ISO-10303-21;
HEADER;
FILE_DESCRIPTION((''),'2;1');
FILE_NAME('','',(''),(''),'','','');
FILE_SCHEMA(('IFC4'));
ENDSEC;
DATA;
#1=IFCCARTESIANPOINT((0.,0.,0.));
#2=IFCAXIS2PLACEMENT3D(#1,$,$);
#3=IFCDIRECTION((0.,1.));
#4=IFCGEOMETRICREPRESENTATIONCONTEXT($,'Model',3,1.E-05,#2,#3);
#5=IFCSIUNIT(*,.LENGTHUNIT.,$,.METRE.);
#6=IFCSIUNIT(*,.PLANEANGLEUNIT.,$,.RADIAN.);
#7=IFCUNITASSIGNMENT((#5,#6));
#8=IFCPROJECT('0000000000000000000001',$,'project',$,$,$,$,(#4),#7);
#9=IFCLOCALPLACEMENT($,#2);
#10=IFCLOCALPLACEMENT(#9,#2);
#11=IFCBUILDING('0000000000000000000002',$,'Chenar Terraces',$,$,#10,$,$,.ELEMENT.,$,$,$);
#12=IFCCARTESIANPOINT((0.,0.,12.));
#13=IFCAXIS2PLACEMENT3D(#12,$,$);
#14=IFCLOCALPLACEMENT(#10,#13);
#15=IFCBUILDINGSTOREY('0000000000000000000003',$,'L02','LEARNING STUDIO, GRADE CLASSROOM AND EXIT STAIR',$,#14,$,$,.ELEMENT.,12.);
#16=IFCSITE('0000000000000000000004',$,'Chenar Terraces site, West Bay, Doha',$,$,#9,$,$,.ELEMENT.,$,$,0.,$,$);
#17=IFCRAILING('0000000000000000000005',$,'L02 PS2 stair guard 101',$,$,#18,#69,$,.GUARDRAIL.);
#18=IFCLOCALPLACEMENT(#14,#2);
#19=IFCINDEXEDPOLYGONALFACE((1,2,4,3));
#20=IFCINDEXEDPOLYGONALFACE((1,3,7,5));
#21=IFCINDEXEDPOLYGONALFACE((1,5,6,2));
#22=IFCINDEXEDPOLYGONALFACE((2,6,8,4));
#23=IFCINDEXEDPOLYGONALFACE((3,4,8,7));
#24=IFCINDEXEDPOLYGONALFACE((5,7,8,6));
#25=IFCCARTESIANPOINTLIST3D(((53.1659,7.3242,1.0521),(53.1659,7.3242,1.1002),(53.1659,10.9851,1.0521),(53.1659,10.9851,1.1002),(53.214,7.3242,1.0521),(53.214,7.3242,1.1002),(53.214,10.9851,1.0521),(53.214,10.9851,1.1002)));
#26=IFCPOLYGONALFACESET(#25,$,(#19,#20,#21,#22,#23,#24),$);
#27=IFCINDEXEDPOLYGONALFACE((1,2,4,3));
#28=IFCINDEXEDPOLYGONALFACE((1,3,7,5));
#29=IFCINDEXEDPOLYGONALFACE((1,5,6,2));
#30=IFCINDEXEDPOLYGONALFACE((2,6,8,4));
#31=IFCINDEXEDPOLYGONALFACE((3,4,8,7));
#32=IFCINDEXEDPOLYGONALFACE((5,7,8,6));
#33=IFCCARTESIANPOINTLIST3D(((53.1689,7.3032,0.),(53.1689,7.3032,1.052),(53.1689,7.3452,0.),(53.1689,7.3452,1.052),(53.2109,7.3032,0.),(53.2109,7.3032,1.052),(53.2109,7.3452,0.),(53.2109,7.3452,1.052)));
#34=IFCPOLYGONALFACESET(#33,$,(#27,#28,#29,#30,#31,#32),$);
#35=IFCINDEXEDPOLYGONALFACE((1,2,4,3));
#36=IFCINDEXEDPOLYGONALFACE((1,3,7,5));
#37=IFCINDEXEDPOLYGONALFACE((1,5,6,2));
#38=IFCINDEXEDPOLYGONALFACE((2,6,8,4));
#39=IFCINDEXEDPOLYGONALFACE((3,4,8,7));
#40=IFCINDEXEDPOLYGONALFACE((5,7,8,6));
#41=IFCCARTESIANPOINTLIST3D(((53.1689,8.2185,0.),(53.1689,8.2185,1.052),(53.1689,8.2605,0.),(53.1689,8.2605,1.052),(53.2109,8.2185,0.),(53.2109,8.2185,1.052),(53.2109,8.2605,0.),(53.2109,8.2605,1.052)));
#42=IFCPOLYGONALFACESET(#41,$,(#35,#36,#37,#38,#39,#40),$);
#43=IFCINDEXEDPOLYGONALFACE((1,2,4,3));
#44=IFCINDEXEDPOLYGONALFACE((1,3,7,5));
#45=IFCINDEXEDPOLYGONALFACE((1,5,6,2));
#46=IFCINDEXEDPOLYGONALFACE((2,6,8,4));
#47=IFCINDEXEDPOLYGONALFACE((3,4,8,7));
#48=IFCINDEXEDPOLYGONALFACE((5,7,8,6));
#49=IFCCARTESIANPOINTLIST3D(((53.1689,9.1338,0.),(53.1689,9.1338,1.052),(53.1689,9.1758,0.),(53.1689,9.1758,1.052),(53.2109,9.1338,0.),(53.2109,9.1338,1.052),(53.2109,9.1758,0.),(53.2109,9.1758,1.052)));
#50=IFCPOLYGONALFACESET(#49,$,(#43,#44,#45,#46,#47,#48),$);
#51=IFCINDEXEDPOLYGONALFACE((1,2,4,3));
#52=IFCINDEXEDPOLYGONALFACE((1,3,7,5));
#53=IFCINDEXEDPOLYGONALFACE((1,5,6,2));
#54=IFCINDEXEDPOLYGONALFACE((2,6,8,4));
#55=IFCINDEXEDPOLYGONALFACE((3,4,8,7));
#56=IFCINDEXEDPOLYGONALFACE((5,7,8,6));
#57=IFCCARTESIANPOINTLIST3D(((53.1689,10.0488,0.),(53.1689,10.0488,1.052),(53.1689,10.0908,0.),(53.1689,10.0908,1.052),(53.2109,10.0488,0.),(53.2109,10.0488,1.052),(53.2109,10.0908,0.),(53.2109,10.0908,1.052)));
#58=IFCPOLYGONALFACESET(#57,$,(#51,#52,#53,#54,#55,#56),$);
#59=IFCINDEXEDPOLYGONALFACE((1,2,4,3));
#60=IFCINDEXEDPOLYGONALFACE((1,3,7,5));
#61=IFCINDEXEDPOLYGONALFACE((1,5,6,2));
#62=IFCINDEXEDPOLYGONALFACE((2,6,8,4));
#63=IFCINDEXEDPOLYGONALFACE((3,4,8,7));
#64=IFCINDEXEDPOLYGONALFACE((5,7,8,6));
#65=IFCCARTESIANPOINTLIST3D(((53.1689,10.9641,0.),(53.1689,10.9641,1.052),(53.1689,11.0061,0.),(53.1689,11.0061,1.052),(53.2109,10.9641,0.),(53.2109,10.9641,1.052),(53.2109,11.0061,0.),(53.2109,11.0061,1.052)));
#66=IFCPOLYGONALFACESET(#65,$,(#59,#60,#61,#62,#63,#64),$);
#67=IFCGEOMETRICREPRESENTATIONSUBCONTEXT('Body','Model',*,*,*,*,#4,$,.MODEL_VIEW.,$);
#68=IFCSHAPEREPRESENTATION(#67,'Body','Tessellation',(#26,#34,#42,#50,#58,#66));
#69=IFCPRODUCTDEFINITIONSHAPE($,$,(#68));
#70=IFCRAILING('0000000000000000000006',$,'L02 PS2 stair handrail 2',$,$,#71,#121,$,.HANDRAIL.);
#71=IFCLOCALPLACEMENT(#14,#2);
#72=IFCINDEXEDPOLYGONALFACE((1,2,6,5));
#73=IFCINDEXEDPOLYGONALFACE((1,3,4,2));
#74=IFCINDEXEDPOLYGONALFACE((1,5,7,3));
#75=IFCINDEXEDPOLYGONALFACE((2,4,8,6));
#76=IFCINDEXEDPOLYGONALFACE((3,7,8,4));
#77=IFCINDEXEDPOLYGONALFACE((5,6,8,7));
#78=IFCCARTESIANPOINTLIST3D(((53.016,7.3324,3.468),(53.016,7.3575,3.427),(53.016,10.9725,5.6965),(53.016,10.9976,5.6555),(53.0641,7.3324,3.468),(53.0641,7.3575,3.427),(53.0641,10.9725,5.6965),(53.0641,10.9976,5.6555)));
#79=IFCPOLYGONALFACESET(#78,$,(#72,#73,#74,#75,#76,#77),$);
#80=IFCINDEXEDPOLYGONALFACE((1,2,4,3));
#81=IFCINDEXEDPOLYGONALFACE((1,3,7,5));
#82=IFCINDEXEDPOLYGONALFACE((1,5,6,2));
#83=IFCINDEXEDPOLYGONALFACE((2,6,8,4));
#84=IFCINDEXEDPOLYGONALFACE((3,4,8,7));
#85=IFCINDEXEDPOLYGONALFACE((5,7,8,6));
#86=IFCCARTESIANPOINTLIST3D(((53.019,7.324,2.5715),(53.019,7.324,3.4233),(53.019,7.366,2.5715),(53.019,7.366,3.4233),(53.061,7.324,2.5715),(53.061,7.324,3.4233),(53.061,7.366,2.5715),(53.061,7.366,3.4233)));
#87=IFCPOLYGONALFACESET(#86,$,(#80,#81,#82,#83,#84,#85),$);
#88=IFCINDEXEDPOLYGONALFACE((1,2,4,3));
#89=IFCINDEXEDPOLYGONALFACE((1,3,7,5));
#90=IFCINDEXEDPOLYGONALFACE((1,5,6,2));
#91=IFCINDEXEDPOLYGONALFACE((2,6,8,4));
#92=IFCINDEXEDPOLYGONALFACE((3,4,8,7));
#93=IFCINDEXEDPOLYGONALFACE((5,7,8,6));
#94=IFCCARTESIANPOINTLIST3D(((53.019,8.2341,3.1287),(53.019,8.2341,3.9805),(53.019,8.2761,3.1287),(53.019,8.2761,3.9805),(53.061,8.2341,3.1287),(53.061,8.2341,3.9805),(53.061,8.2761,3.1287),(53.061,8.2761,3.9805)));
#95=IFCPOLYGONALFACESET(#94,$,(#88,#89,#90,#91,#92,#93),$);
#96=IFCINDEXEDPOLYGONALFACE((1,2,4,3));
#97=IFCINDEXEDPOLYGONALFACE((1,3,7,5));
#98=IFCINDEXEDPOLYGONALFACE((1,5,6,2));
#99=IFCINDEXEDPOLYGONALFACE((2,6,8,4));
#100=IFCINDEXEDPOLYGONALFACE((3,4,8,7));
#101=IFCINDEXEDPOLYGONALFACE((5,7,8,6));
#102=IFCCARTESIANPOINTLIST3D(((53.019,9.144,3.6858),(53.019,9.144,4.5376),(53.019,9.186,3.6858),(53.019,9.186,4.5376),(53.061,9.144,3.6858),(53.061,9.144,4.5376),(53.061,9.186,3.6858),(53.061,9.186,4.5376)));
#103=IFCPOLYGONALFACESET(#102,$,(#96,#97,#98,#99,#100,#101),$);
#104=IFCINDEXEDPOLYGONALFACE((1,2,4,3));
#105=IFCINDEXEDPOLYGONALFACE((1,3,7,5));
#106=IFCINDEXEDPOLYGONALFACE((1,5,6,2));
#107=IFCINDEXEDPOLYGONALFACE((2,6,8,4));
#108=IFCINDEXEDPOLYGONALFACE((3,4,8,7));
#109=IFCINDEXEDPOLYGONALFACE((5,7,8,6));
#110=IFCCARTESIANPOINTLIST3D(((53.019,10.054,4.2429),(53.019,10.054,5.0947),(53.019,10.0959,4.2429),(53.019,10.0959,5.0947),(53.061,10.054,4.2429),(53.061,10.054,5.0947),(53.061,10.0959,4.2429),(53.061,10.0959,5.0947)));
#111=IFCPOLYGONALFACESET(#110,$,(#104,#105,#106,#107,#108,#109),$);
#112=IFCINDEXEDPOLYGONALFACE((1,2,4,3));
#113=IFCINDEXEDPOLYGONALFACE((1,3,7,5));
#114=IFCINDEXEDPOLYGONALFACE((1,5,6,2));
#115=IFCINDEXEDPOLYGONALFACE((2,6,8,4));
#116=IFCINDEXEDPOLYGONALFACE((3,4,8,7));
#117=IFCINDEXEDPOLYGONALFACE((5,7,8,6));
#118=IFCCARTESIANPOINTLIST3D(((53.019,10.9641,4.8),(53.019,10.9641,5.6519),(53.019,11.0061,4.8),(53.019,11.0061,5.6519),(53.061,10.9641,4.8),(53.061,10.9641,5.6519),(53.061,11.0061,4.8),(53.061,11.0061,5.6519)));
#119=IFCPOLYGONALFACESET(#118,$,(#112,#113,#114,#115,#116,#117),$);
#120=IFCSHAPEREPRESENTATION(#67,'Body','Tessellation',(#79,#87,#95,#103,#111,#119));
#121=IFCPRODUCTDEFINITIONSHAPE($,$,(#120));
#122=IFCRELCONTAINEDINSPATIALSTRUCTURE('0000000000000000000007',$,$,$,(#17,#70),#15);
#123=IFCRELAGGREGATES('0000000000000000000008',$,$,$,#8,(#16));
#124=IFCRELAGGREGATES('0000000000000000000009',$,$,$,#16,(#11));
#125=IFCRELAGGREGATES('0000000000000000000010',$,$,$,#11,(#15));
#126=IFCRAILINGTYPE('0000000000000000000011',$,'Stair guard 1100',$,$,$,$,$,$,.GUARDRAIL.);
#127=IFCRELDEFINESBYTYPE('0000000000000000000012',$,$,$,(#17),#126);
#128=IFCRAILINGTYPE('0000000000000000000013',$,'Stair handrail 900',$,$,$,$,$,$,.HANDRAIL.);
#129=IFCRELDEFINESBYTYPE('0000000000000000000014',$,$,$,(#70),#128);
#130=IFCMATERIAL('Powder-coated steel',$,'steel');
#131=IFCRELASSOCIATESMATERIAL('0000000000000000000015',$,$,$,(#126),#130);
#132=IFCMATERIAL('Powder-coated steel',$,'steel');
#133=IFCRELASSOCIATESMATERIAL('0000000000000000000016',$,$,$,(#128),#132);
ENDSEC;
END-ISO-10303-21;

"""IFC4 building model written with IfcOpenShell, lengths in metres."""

from ifc_helpers import new_model, si_unit, direction, frame, origin, origin_2d, place, context, subcontext, project, spatial, rectangle, extrude, material, type_object, element, save


model = new_model("IFC4")

# Units and contexts
model_context = context("Model", 3, precision=1e-05, world=origin(), true_north=direction((0.0, 1.0)))
body_context = subcontext(model_context, "Body", "Model", "MODEL_VIEW")
ifc_project = project(units=[si_unit("LENGTHUNIT", "METRE"), si_unit("PLANEANGLEUNIT", "RADIAN")], contexts=[model_context])

# Site, building, storey
site_placement = place(None, origin())
site = spatial("IfcSite", under=ifc_project, at=site_placement, Name="Chenar Terraces site, West Bay, Doha", CompositionType="ELEMENT", RefElevation=0.0)
building_placement = place(site_placement, origin())
building = spatial("IfcBuilding", under=site, at=building_placement, Name="Chenar Terraces", CompositionType="ELEMENT")
storey_placement = place(building_placement, frame((0.0, 0.0, 12.0)))
storey = spatial("IfcBuildingStorey", under=building, at=storey_placement, Name="L02", Description="LEARNING STUDIO, GRADE CLASSROOM AND EXIT STAIR", CompositionType="ELEMENT", Elevation=12.0)

# Railings
ifc_material_1 = material(Name="Powder-coated steel", Category="steel")
railing_type_1 = type_object("IfcRailingType", Name="Stair guard 1100", PredefinedType="GUARDRAIL", material=ifc_material_1)
railing_1_placement = place(storey_placement, frame((53.1899, 7.3242, 0.0)))
element("IfcRailing", 1, at=railing_1_placement, inside=storey, type_object=railing_type_1, Name="L02 PS2 stair guard 101", PredefinedType="GUARDRAIL", context=body_context, shape_type="SweptSolid", body=[
    extrude(rectangle(XDim=0.0481, YDim=0.0481, at=origin_2d()), frame((0.0, 0.0, 1.0762), z_axis=(0.0, 1.0, 0.0), x_axis=(-1.0, 0.0, 0.0)), (0.0, 0.0, 1.0), 3.6609),
    extrude(rectangle(XDim=0.042, YDim=0.042, at=origin_2d()), origin(), (0.0, 0.0, 1.0), 1.052),
    extrude(rectangle(XDim=0.042, YDim=0.042, at=origin_2d()), frame((0.0, 0.9153, 0.0)), (0.0, 0.0, 1.0), 1.052),
    extrude(rectangle(XDim=0.042, YDim=0.042, at=origin_2d()), frame((0.0, 1.8306, 0.0)), (0.0, 0.0, 1.0), 1.052),
    extrude(rectangle(XDim=0.042, YDim=0.042, at=origin_2d()), frame((0.0, 2.7456, 0.0)), (0.0, 0.0, 1.0), 1.052),
    extrude(rectangle(XDim=0.042, YDim=0.042, at=origin_2d()), frame((0.0, 3.6609, 0.0)), (0.0, 0.0, 1.0), 1.052),
])
ifc_material_2 = material(Name="Powder-coated steel", Category="steel")
railing_type_2 = type_object("IfcRailingType", Name="Stair handrail 900", PredefinedType="HANDRAIL", material=ifc_material_2)
railing_2_placement = place(storey_placement, frame((53.04, 7.345, 2.5715)))
element("IfcRailing", 2, at=railing_2_placement, inside=storey, type_object=railing_type_2, Name="L02 PS2 stair handrail 2", PredefinedType="HANDRAIL", context=body_context, shape_type="SweptSolid", body=[
    extrude(rectangle(XDim=0.0481, YDim=0.0481, at=origin_2d()), frame((0.0, 0.0, 0.876), z_axis=(0.0, 0.852866, 0.52213), x_axis=(-1.0, 0.0, 0.0)), (0.0, 0.0, 1.0), 4.2681),
    extrude(rectangle(XDim=0.042, YDim=0.042, at=origin_2d()), origin(), (0.0, 0.0, 1.0), 0.8518),
    extrude(rectangle(XDim=0.042, YDim=0.042, at=origin_2d()), frame((0.0, 0.9102, 0.5571)), (0.0, 0.0, 1.0), 0.8518),
    extrude(rectangle(XDim=0.042, YDim=0.042, at=origin_2d()), frame((0.0, 1.8201, 1.1143)), (0.0, 0.0, 1.0), 0.8518),
    extrude(rectangle(XDim=0.042, YDim=0.042, at=origin_2d()), frame((0.0, 2.73, 1.6714)), (0.0, 0.0, 1.0), 0.8518),
    extrude(rectangle(XDim=0.042, YDim=0.042, at=origin_2d()), frame((0.0, 3.6401, 2.2285)), (0.0, 0.0, 1.0), 0.8518),
])

save(model, "model.ifc")
